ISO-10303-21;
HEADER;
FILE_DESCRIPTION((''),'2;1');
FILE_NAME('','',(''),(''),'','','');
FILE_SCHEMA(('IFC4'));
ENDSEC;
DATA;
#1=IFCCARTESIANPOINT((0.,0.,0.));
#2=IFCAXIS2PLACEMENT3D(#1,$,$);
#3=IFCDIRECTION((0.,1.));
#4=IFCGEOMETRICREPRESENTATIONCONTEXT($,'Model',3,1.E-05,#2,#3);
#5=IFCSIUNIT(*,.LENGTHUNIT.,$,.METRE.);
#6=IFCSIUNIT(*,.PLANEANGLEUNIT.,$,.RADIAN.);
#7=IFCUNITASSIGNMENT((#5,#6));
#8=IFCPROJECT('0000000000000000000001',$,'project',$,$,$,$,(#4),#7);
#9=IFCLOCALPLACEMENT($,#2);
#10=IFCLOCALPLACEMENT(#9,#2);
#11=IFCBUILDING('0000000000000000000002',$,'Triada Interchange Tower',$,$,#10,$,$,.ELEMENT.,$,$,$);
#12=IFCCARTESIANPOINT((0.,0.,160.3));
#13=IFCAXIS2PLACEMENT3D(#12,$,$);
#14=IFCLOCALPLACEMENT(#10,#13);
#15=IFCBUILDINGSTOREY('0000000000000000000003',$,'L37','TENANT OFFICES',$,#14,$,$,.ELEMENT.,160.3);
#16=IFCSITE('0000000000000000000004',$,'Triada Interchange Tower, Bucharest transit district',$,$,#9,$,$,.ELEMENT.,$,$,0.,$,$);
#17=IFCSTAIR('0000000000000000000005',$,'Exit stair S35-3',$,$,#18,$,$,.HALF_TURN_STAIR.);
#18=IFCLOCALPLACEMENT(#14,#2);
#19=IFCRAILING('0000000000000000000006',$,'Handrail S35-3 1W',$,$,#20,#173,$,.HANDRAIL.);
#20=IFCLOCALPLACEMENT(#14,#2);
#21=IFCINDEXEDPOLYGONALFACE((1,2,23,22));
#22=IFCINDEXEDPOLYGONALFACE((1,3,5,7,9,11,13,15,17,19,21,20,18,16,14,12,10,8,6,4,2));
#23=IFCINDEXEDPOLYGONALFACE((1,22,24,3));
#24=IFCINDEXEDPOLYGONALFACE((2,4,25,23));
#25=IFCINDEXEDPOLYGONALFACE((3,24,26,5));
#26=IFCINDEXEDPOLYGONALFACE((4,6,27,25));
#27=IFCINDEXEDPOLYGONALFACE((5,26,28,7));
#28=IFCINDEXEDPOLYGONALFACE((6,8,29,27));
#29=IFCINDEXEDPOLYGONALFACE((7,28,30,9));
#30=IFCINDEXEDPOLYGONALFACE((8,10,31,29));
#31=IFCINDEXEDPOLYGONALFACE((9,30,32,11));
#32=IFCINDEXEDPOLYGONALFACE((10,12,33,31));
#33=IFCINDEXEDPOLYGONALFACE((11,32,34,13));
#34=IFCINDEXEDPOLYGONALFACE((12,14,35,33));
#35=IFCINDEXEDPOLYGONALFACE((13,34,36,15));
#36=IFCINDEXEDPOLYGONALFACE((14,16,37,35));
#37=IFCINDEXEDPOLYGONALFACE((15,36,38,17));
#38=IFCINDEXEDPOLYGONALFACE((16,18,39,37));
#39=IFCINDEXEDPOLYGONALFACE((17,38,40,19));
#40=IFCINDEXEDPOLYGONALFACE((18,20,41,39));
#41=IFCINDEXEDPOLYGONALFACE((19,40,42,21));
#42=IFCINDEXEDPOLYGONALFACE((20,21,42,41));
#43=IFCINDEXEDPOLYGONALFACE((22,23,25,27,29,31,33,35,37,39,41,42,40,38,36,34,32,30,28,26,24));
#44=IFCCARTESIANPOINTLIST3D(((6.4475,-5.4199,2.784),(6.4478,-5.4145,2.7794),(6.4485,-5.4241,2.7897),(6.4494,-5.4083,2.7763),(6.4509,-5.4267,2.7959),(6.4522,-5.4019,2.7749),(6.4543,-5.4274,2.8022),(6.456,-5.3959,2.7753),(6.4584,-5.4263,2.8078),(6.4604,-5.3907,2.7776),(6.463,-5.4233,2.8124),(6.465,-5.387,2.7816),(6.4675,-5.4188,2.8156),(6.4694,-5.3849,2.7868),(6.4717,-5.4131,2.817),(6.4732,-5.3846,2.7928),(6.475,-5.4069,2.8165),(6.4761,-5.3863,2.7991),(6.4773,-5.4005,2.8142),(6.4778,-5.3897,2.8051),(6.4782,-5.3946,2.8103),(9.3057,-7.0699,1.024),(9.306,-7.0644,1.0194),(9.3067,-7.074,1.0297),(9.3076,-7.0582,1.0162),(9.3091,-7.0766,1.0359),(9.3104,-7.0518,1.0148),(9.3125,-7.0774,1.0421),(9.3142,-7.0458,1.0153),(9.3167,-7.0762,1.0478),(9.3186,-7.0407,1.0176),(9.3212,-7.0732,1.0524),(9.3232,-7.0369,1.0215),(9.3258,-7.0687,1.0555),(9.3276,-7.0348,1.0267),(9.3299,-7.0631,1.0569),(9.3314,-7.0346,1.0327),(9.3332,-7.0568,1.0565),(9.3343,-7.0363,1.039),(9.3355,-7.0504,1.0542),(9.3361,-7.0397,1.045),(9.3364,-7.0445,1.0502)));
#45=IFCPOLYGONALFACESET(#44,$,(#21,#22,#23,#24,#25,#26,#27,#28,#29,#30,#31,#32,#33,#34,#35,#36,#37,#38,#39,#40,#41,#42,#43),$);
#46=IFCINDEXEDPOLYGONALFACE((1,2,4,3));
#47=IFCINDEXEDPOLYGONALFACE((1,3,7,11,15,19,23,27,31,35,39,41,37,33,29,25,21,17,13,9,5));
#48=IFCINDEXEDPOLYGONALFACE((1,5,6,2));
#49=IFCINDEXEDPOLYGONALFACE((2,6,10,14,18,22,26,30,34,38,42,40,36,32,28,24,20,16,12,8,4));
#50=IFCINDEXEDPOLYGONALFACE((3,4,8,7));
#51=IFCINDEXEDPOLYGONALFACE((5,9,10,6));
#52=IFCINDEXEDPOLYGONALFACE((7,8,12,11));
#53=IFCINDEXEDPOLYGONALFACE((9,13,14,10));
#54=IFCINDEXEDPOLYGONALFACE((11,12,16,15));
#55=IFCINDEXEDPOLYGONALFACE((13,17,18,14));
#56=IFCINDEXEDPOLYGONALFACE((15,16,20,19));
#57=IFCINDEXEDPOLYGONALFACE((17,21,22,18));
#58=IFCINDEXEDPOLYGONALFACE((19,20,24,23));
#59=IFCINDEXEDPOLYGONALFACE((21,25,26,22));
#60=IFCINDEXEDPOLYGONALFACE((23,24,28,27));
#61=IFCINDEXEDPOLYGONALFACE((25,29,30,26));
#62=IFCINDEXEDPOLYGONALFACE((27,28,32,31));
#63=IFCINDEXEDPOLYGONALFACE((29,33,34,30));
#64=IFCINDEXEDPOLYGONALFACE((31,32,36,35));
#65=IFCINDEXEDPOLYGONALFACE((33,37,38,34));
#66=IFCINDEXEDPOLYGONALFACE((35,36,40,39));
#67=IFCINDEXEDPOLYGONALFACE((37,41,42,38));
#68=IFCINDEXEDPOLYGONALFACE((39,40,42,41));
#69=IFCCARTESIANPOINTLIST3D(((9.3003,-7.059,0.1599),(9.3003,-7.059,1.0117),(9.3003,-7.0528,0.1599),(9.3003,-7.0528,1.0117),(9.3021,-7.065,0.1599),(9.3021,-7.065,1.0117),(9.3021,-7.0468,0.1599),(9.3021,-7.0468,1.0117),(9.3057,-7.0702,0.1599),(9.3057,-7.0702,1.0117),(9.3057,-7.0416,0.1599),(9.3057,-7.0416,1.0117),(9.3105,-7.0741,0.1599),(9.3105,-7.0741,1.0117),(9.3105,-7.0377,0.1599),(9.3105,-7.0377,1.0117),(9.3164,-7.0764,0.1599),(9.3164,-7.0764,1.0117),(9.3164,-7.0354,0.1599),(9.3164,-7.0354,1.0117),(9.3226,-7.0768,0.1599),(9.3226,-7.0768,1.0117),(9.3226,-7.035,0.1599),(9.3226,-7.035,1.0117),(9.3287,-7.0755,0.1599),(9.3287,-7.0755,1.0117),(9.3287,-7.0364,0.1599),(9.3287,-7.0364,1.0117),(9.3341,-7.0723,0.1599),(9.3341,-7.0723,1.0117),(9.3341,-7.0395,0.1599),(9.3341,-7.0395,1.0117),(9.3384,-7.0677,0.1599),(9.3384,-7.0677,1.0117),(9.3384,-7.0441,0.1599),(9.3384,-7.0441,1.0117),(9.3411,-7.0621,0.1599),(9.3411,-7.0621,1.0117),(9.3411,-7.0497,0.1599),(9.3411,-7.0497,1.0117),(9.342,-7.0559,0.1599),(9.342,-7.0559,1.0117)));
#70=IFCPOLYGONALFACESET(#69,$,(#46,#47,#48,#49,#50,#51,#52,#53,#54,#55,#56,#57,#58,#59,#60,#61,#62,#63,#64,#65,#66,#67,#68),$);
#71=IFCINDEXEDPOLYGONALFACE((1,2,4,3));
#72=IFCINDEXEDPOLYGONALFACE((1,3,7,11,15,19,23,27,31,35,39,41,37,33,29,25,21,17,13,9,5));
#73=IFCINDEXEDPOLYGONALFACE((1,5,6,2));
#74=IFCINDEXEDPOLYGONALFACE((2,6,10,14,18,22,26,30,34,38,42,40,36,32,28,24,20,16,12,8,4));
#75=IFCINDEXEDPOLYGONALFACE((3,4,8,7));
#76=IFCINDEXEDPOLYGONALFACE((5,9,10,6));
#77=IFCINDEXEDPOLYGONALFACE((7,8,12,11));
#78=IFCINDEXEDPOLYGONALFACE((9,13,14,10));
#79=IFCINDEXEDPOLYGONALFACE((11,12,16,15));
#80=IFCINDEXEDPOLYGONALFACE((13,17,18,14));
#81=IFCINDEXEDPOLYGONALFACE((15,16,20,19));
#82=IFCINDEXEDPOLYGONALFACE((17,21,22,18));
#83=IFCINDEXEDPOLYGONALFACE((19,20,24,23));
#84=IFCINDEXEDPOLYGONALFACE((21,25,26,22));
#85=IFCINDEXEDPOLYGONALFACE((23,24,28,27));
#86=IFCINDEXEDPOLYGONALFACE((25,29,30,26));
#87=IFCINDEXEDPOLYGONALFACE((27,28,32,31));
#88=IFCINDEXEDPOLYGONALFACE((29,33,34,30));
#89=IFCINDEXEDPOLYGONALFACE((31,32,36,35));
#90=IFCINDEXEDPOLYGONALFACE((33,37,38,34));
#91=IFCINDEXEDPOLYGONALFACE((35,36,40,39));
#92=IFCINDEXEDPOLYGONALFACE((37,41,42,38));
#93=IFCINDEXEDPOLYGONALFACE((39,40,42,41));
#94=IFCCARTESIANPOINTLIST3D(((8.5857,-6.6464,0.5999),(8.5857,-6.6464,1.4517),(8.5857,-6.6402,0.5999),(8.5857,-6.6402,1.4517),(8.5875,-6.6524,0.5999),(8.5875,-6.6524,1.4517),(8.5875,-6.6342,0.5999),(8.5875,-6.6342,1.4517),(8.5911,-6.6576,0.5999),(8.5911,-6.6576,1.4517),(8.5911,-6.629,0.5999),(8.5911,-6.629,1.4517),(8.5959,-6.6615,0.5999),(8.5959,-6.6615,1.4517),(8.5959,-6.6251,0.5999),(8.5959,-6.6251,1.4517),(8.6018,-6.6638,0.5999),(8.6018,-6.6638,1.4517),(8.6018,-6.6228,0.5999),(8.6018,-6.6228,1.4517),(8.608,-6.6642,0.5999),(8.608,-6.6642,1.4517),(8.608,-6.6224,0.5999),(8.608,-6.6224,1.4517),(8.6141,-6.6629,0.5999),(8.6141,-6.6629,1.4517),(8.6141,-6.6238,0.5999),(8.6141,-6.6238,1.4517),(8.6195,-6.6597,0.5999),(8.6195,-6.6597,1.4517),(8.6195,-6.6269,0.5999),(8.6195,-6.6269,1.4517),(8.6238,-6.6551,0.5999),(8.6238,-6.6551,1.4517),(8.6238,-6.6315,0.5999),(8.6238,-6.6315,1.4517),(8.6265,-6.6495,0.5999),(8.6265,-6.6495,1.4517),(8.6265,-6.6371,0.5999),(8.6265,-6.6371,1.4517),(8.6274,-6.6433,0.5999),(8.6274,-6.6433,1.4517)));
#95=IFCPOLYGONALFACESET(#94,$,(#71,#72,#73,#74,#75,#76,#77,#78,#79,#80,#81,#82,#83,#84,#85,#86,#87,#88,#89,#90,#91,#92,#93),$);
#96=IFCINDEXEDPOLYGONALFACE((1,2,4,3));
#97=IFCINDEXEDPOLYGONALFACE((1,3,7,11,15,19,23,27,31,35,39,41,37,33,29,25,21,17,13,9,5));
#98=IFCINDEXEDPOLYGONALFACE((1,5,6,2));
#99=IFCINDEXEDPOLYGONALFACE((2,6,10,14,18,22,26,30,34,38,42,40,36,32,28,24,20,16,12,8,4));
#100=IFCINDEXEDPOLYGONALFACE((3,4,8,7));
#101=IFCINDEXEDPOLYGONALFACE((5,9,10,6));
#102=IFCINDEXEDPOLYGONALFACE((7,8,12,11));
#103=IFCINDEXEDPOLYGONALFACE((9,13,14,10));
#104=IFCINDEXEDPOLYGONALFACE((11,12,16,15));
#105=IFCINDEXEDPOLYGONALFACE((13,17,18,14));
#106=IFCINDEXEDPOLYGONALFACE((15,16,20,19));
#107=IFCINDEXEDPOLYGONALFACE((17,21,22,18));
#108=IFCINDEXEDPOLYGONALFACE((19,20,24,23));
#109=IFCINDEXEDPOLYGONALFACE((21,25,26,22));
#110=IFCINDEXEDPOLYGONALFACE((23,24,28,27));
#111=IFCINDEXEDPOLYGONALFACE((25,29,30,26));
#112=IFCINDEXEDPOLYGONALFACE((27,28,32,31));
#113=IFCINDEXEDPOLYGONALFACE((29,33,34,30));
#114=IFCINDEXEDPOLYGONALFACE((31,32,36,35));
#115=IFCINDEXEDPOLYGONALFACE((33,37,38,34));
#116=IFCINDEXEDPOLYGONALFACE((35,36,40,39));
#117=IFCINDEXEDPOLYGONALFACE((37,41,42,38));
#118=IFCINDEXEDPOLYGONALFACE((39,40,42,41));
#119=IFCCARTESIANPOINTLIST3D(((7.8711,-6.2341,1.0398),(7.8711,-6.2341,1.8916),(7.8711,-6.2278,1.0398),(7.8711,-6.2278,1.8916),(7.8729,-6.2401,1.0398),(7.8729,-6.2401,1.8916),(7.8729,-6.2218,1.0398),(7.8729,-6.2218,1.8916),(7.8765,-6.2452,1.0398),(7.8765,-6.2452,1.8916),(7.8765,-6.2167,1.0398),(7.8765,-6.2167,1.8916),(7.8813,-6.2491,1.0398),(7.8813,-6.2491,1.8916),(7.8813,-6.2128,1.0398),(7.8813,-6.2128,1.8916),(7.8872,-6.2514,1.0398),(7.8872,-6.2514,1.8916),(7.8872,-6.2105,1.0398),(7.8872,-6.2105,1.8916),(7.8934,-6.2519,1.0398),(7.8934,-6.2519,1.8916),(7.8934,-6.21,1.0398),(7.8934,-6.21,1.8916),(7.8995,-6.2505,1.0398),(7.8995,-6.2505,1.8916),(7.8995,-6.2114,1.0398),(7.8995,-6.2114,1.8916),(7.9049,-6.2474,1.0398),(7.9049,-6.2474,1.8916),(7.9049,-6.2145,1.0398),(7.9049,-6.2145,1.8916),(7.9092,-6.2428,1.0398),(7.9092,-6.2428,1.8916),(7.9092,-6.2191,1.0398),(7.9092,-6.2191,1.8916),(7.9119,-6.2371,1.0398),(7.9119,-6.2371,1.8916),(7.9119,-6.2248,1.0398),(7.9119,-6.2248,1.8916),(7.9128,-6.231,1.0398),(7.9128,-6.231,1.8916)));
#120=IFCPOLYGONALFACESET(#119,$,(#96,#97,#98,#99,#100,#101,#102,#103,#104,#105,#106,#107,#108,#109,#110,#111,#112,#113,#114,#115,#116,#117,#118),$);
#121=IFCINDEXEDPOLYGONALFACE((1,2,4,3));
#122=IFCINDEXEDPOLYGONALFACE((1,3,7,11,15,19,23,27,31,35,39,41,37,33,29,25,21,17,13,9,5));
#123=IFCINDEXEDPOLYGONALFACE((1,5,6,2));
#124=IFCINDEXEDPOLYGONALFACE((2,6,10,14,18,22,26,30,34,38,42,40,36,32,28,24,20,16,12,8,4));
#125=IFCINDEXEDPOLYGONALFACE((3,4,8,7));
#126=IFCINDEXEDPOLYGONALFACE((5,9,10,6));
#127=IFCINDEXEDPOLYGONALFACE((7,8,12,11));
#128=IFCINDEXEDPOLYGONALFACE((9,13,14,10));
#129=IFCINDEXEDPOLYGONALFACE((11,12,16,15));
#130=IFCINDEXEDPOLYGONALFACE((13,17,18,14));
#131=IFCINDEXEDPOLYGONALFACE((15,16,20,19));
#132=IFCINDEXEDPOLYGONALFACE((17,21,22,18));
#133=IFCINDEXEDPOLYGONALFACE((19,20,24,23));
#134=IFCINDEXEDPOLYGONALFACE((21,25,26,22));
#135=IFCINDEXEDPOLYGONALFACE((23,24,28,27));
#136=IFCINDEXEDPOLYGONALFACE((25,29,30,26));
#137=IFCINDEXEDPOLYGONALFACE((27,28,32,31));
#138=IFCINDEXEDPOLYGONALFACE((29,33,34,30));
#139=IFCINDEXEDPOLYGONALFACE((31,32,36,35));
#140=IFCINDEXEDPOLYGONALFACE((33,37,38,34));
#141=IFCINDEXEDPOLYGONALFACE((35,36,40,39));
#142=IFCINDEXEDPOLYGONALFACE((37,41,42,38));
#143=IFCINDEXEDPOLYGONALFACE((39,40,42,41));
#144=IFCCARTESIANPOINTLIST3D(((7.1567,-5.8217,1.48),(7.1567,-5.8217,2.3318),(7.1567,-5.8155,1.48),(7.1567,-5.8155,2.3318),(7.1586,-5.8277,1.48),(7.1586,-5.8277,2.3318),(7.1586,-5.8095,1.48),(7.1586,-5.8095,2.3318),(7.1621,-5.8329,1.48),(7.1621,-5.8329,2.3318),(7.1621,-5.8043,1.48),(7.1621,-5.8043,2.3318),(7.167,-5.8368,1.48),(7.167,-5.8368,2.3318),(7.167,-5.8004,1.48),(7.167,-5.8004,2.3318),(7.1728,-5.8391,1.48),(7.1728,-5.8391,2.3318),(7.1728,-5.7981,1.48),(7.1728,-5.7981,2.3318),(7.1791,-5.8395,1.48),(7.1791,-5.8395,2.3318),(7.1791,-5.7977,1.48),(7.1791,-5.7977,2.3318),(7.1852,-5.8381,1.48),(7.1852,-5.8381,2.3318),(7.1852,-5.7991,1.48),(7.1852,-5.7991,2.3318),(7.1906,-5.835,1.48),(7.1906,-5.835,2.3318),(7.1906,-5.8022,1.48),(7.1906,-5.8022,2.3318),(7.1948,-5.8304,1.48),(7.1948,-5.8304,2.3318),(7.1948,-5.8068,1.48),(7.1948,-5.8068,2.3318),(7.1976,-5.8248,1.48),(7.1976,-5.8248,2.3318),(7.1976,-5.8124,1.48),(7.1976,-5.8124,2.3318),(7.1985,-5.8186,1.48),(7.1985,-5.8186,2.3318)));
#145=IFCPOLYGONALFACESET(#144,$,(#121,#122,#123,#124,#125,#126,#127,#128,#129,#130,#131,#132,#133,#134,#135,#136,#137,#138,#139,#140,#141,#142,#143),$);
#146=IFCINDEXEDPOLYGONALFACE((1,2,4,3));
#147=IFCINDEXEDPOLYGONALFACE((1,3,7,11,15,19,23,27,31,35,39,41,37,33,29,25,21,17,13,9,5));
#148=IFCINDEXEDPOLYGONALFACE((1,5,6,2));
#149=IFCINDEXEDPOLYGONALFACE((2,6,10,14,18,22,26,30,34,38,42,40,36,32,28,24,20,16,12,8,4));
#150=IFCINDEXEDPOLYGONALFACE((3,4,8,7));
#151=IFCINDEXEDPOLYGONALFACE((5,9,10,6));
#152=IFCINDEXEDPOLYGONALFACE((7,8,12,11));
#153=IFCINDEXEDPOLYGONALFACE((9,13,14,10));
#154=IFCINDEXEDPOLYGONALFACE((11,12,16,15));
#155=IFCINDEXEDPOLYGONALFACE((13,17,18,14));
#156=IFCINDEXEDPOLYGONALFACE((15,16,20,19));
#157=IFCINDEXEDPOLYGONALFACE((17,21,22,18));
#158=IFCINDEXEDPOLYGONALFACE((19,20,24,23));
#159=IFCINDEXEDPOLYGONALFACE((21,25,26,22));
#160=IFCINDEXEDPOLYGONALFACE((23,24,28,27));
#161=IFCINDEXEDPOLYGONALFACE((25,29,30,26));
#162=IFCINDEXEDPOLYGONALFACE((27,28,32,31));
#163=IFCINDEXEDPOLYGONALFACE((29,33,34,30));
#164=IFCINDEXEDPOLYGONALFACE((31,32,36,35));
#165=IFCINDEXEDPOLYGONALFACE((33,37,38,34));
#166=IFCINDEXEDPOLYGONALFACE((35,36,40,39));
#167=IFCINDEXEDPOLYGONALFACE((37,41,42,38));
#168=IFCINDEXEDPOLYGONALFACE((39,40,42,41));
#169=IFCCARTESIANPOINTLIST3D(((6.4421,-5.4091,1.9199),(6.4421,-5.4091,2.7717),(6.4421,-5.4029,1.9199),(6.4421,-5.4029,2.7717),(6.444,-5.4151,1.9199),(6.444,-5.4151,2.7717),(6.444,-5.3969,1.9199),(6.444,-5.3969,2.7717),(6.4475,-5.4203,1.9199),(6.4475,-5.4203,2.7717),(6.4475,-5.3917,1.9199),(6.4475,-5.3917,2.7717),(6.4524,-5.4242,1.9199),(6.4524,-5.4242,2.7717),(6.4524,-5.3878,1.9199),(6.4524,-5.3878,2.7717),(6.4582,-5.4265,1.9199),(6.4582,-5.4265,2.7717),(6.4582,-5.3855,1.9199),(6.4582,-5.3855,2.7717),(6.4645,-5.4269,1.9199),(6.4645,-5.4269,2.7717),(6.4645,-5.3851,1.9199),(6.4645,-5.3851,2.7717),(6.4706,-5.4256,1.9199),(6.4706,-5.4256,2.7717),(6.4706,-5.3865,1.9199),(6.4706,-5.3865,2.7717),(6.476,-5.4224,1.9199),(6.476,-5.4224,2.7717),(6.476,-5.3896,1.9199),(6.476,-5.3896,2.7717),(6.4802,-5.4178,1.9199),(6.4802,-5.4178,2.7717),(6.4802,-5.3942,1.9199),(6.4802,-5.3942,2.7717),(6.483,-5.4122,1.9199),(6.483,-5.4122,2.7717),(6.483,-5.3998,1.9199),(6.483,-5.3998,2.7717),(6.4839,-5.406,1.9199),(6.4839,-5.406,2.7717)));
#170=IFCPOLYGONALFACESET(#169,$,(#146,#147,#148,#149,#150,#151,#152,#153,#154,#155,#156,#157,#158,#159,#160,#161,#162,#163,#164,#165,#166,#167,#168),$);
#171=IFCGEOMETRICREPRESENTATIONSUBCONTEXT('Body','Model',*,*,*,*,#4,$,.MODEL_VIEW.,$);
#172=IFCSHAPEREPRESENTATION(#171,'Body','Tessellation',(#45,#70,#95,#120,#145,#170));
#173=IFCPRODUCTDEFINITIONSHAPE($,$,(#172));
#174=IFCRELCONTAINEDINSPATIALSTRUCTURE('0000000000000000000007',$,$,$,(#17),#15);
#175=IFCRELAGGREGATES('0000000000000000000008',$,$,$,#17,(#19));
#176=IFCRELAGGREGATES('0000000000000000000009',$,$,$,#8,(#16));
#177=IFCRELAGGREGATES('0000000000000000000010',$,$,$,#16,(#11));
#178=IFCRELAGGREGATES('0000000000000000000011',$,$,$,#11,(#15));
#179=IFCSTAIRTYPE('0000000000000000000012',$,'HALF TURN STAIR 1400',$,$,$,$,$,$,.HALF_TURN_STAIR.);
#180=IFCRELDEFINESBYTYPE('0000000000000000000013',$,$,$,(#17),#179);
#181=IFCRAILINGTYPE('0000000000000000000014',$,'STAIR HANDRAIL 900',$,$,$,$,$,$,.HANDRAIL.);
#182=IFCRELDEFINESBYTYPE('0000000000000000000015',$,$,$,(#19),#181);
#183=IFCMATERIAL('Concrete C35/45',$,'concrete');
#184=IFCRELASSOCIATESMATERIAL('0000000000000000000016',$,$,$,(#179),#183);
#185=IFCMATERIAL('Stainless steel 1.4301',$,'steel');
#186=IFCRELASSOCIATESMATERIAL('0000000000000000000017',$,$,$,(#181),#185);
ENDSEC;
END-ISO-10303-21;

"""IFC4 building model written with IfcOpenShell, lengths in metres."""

from ifc_helpers import new_model, si_unit, direction, frame, origin, origin_2d, place, context, subcontext, project, spatial, circle, extrude, material, type_object, element, aggregate, save


model = new_model("IFC4")

# Units and contexts
model_context = context("Model", 3, precision=1e-05, world=origin(), true_north=direction((0.0, 1.0)))
body_context = subcontext(model_context, "Body", "Model", "MODEL_VIEW")
ifc_project = project(units=[si_unit("LENGTHUNIT", "METRE"), si_unit("PLANEANGLEUNIT", "RADIAN")], contexts=[model_context])

# Site, building, storey
site_placement = place(None, origin())
site = spatial("IfcSite", under=ifc_project, at=site_placement, Name="Triada Interchange Tower, Bucharest transit district", CompositionType="ELEMENT", RefElevation=0.0)
building_placement = place(site_placement, origin())
building = spatial("IfcBuilding", under=site, at=building_placement, Name="Triada Interchange Tower", CompositionType="ELEMENT")
storey_placement = place(building_placement, frame((0.0, 0.0, 160.3)))
storey = spatial("IfcBuildingStorey", under=building, at=storey_placement, Name="L37", Description="TENANT OFFICES", CompositionType="ELEMENT", Elevation=160.3)

# Stair, railing
ifc_material_1 = material(Name="Concrete C35/45", Category="concrete")
stair_type = type_object("IfcStairType", Name="HALF TURN STAIR 1400", PredefinedType="HALF_TURN_STAIR", material=ifc_material_1)
stair_placement = place(storey_placement, origin())
stair = element("IfcStair", 1, at=stair_placement, inside=storey, type_object=stair_type, Name="Exit stair S35-3", PredefinedType="HALF_TURN_STAIR")
ifc_material_2 = material(Name="Stainless steel 1.4301", Category="steel")
railing_type = type_object("IfcRailingType", Name="STAIR HANDRAIL 900", PredefinedType="HANDRAIL", material=ifc_material_2)
railing_1_placement = place(storey_placement, frame((9.321, -7.0559, 0.1599)))
railing_1 = element("IfcRailing", 2, at=railing_1_placement, type_object=railing_type, Name="Handrail S35-3 1W", PredefinedType="HANDRAIL", context=body_context, shape_type="SweptSolid", body=[
    extrude(circle(Radius=0.0239, at=origin_2d()), frame((0.0, 0.0, 0.876), z_axis=(-0.764178, 0.441131, 0.47057), x_axis=(-0.499942, -0.866059, 0.0)), (0.0, 0.0, 1.0), 3.7402),
    extrude(circle(Radius=0.021, at=origin_2d()), origin(), (0.0, 0.0, 1.0), 0.8518),
    extrude(circle(Radius=0.021, at=origin_2d()), frame((-0.7146, 0.4126, 0.4399)), (0.0, 0.0, 1.0), 0.8518),
    extrude(circle(Radius=0.021, at=origin_2d()), frame((-1.4292, 0.825, 0.8799)), (0.0, 0.0, 1.0), 0.8518),
    extrude(circle(Radius=0.021, at=origin_2d()), frame((-2.1436, 1.2373, 1.3201)), (0.0, 0.0, 1.0), 0.8518),
    extrude(circle(Radius=0.021, at=origin_2d()), frame((-2.8582, 1.6499, 1.76)), (0.0, 0.0, 1.0), 0.8518),
])
aggregate(stair, [railing_1])

save(model, "model.ifc")
